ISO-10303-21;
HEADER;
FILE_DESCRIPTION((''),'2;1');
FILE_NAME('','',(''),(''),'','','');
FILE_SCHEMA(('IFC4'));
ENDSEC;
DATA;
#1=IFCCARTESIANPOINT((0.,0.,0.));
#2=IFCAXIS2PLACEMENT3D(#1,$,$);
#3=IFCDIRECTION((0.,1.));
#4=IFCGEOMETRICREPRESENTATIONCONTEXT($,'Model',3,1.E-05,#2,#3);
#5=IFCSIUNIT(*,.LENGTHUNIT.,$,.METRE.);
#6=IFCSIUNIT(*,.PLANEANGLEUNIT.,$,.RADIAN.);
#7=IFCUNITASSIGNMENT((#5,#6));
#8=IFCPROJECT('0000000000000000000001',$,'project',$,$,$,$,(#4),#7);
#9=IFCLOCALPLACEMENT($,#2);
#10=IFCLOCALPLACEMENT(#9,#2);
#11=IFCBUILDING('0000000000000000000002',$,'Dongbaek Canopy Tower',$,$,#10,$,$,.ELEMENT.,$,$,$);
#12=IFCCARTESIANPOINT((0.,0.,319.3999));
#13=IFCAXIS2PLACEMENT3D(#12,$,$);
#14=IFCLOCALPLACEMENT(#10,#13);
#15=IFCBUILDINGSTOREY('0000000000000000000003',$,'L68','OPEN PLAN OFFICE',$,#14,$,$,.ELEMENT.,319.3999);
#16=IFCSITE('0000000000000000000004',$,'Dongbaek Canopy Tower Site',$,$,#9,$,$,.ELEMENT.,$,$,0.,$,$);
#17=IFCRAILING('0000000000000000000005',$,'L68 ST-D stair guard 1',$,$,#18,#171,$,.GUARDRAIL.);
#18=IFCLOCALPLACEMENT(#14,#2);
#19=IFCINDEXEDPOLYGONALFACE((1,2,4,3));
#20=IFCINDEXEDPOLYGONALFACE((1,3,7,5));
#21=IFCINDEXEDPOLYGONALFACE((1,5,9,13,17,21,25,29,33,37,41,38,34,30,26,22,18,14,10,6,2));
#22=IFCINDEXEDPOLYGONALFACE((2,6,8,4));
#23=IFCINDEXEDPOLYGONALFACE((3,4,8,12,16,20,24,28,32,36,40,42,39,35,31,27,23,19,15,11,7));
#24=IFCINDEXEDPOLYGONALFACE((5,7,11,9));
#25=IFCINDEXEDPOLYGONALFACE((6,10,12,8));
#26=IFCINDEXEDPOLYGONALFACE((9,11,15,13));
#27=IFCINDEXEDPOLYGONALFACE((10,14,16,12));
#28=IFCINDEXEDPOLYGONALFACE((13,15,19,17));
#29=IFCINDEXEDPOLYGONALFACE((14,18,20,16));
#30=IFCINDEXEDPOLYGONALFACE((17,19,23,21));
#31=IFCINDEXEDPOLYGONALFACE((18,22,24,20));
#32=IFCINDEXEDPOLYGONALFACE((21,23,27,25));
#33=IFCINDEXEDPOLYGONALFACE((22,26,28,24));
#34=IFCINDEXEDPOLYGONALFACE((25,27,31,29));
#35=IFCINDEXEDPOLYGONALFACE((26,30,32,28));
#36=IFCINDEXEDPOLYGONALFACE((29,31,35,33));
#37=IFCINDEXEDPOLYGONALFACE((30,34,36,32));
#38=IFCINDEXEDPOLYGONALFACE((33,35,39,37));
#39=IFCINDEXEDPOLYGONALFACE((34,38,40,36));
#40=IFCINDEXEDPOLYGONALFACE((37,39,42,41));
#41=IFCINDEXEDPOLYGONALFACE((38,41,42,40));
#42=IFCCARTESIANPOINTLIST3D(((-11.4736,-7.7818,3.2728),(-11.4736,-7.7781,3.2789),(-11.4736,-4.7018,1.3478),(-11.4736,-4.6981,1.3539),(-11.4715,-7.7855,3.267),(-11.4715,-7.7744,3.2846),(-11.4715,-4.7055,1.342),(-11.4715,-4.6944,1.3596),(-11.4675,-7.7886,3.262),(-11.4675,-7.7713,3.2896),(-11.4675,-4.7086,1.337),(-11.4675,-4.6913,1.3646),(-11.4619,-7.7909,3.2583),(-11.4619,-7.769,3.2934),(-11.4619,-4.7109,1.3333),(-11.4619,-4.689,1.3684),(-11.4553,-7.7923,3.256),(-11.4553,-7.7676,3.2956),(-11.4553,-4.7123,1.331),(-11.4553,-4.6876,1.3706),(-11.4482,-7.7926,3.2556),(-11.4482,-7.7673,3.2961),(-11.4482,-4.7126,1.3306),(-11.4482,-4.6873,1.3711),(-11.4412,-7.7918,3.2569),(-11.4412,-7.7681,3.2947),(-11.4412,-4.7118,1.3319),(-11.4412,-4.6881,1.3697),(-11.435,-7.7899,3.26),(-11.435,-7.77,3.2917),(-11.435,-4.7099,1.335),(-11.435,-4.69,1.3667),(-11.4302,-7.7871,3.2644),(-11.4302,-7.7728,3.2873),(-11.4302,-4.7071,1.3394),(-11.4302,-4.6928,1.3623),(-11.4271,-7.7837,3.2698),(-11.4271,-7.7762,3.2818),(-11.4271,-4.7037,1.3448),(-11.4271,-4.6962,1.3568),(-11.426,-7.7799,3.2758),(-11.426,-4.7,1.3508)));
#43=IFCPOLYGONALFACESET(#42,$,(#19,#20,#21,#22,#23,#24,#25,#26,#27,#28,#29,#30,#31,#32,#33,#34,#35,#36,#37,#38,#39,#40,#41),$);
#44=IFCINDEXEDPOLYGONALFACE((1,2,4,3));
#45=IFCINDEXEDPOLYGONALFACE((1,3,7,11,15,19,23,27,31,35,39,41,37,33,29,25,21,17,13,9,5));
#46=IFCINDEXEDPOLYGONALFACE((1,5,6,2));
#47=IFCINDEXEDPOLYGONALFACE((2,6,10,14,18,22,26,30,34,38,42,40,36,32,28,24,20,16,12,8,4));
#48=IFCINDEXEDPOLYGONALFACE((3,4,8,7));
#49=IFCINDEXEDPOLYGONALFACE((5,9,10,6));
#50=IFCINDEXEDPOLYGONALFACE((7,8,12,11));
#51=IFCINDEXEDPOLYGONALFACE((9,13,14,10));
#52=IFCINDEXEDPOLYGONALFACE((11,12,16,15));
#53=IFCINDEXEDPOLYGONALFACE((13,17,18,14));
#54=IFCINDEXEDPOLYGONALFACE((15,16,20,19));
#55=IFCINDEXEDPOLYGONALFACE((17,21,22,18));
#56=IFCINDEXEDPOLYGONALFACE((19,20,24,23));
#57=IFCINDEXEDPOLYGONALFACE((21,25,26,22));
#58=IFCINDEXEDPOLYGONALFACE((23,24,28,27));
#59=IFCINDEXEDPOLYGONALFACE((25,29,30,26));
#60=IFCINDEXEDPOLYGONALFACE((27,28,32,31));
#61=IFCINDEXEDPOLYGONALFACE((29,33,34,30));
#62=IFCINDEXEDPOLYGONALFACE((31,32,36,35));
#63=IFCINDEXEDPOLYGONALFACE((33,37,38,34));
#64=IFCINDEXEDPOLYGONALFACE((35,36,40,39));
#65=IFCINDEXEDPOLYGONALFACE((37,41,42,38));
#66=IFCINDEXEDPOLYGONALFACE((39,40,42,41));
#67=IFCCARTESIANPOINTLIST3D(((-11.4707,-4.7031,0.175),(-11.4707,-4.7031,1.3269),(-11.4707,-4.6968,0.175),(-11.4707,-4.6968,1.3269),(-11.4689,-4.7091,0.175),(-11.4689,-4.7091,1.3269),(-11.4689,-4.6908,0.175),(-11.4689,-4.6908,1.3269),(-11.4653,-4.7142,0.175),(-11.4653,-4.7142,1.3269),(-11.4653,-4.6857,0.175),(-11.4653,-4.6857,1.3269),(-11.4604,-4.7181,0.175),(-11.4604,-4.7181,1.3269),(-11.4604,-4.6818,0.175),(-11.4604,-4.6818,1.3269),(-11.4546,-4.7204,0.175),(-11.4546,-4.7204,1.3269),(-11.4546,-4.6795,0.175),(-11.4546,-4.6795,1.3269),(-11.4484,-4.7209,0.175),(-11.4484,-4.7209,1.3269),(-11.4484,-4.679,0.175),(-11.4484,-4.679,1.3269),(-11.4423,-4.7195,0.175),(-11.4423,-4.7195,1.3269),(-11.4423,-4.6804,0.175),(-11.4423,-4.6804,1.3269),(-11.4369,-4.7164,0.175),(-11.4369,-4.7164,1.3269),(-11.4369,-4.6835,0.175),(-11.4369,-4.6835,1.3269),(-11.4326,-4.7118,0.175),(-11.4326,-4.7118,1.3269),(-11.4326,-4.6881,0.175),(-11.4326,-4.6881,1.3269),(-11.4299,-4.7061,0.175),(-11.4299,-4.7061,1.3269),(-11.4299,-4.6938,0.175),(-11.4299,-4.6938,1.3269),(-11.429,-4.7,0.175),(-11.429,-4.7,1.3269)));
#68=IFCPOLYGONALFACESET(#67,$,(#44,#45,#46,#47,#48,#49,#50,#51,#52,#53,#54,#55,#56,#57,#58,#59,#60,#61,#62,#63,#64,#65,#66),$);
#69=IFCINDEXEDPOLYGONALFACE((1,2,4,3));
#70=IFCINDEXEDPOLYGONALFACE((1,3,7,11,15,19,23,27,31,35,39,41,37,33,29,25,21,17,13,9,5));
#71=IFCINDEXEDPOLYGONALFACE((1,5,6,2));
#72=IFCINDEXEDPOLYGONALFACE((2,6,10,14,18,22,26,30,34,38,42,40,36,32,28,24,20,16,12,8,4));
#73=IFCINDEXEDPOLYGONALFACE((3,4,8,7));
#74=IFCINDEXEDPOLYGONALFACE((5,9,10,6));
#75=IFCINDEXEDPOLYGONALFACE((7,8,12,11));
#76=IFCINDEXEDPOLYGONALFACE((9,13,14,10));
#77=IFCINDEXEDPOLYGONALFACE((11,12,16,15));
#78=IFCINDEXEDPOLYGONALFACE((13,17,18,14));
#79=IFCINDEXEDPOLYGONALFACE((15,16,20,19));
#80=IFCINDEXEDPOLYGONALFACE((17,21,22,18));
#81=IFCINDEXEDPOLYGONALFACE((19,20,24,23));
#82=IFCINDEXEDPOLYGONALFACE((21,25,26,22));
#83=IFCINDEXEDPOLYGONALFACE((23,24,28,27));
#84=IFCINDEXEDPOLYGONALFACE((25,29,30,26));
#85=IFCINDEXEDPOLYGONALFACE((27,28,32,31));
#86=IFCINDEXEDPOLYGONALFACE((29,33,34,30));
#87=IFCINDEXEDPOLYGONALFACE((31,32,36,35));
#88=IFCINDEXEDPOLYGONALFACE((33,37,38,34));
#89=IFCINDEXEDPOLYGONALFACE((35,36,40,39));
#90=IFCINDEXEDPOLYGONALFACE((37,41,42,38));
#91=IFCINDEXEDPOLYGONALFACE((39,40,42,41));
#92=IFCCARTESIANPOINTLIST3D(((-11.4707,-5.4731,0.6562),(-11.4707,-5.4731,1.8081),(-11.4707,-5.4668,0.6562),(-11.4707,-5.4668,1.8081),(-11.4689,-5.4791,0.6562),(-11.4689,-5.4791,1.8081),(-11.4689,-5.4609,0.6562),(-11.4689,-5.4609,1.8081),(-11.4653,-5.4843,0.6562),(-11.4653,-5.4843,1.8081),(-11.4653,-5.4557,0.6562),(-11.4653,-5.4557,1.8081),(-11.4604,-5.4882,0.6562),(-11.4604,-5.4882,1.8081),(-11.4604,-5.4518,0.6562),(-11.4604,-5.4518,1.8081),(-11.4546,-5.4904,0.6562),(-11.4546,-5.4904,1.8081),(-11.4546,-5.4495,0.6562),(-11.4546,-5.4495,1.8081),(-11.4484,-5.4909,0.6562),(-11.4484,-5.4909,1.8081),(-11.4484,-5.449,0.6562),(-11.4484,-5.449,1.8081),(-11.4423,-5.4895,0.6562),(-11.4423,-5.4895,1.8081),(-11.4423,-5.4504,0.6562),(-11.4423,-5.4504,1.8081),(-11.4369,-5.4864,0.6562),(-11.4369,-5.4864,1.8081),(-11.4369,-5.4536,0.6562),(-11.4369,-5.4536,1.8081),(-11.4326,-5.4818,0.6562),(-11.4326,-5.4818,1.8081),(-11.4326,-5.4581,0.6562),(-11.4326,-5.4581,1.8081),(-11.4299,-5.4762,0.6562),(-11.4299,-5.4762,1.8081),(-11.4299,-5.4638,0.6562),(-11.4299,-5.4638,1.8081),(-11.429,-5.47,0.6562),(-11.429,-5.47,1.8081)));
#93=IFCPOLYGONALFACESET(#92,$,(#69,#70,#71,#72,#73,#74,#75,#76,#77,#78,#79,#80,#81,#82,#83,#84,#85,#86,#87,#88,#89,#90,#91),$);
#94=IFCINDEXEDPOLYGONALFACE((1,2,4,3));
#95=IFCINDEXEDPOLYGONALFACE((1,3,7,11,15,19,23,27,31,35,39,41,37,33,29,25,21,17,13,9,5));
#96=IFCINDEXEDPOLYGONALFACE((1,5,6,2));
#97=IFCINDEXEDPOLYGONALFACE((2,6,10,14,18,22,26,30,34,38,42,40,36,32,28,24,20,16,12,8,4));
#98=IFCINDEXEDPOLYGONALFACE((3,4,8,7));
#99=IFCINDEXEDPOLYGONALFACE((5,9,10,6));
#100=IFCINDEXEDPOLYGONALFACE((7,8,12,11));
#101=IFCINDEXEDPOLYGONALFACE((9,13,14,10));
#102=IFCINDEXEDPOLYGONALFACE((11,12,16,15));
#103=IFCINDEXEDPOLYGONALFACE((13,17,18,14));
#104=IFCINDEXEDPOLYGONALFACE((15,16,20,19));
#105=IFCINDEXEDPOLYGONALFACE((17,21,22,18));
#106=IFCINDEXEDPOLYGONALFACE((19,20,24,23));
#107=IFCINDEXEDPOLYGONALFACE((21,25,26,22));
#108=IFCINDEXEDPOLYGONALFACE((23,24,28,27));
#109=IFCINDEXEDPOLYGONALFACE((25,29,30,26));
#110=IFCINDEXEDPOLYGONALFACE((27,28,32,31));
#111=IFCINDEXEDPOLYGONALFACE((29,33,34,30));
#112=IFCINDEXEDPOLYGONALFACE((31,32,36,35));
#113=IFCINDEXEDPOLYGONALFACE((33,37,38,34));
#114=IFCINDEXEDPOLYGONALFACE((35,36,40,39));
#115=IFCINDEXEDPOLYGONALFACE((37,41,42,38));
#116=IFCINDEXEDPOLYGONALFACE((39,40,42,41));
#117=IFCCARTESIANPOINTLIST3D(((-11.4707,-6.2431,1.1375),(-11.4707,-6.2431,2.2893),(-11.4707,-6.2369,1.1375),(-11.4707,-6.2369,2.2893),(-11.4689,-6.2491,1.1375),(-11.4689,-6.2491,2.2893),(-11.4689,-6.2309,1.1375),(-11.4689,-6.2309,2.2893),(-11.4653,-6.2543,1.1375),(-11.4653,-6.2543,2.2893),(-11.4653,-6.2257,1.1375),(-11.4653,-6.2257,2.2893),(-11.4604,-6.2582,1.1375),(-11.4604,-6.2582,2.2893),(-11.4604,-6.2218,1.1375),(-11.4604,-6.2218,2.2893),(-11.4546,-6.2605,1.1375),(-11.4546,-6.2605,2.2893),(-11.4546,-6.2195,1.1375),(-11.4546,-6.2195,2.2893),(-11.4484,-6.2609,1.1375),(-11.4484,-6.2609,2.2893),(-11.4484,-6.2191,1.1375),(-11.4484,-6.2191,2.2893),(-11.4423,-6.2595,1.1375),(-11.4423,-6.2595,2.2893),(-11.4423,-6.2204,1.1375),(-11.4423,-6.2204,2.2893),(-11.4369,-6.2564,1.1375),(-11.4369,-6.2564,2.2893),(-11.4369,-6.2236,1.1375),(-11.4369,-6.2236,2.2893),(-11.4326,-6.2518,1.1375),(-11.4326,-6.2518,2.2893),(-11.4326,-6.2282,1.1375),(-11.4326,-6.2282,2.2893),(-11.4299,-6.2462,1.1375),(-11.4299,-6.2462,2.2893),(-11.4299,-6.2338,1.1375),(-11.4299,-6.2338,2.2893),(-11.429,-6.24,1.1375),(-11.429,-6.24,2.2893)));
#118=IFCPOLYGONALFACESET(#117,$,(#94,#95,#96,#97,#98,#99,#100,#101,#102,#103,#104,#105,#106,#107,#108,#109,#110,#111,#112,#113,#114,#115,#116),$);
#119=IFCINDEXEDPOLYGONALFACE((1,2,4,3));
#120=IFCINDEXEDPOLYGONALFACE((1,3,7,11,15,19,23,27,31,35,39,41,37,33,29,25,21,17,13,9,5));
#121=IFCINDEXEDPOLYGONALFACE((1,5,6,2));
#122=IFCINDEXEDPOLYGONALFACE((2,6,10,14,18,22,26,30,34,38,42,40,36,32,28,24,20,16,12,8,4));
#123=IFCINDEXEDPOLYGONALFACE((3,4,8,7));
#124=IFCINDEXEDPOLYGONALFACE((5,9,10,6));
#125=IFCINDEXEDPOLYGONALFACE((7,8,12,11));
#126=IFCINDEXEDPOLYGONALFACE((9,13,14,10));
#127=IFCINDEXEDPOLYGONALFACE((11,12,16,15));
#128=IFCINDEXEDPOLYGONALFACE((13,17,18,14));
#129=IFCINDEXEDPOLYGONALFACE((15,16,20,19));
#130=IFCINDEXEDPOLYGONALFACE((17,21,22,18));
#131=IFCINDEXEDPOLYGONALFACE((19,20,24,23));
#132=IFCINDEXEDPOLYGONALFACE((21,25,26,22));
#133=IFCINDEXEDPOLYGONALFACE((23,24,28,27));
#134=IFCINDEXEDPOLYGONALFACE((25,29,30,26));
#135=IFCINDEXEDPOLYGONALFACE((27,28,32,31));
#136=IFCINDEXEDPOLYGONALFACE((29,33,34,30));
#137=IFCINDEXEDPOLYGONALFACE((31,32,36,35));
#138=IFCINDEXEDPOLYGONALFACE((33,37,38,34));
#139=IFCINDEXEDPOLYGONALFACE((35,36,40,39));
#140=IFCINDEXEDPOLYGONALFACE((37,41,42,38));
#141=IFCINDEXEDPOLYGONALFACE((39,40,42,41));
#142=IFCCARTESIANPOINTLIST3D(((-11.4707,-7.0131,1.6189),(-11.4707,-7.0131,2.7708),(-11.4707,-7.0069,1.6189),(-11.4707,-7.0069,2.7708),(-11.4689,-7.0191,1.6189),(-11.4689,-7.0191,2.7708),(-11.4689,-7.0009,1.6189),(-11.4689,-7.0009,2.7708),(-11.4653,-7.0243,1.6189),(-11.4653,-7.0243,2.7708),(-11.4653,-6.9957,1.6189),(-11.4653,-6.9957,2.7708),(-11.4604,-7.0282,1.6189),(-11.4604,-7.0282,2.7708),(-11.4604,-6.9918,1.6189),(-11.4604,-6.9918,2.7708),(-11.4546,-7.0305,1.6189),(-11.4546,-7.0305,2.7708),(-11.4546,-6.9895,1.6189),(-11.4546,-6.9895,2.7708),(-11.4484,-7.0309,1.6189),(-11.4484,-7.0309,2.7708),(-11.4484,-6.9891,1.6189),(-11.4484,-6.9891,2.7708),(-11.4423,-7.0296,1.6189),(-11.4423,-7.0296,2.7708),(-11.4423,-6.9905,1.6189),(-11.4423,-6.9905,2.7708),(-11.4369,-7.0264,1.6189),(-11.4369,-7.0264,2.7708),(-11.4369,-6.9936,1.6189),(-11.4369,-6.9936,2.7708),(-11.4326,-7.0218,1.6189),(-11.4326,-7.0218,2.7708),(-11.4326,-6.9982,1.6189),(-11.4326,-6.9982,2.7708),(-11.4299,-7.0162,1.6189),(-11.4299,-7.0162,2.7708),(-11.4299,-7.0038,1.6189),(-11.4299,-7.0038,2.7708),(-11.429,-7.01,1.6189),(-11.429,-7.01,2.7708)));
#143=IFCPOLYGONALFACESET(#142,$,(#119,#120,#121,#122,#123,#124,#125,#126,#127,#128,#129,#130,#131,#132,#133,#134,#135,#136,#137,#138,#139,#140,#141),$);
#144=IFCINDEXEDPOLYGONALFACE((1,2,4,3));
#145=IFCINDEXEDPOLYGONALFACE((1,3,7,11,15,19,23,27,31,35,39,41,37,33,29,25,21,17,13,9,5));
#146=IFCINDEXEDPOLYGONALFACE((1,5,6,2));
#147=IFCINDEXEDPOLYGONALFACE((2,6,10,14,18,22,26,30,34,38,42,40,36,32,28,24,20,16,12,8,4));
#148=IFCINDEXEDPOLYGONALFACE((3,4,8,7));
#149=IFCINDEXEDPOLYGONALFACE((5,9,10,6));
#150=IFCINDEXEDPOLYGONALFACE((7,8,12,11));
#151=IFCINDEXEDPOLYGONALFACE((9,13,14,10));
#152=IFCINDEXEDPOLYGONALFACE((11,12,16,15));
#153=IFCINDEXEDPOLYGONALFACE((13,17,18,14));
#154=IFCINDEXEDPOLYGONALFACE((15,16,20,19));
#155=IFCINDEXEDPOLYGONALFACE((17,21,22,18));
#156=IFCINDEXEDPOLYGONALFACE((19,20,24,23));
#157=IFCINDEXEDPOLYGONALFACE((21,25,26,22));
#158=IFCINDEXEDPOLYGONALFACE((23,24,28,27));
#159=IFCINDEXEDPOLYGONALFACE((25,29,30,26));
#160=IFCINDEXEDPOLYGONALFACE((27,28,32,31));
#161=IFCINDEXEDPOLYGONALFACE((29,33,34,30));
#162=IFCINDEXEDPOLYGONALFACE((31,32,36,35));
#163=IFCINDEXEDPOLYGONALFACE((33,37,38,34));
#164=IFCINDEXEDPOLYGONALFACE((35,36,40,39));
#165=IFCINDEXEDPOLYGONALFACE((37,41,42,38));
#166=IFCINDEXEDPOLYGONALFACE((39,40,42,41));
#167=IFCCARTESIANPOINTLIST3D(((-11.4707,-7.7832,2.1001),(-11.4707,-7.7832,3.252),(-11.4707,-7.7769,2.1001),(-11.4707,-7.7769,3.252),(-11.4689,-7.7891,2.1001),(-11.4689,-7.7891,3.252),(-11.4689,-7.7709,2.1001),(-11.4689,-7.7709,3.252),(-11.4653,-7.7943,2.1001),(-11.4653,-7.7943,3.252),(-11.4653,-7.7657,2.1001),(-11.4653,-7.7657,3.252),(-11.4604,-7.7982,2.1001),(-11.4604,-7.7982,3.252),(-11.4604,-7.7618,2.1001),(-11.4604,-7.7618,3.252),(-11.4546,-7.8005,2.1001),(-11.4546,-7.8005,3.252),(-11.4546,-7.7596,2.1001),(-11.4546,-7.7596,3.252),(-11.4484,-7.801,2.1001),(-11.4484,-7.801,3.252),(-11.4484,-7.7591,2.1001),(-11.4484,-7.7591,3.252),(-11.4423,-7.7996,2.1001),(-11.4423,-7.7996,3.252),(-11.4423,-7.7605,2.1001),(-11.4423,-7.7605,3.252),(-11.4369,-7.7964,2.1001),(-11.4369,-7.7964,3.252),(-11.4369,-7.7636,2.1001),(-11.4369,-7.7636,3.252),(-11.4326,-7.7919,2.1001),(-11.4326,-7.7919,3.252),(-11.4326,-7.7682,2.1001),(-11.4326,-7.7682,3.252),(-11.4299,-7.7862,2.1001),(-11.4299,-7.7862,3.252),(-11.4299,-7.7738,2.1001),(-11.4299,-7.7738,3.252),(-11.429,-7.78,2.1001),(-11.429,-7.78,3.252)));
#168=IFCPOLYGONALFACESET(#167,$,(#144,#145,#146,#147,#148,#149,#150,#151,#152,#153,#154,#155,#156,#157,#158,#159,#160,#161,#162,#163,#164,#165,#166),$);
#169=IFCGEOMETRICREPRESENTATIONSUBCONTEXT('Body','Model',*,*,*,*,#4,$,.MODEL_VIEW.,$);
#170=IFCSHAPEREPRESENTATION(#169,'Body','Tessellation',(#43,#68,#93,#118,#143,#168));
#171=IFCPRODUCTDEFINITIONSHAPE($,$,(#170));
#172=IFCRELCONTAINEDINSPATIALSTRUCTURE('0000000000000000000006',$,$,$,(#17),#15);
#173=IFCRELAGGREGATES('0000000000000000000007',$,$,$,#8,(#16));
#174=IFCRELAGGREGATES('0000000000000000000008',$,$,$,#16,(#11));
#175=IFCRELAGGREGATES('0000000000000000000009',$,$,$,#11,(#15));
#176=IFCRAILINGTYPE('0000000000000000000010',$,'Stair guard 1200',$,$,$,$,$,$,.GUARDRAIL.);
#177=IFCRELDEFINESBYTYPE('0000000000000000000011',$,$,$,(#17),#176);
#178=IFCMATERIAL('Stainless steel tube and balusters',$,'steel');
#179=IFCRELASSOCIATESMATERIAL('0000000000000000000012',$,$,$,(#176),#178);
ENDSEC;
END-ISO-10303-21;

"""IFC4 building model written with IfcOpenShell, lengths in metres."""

from ifc_helpers import new_model, si_unit, direction, frame, origin, origin_2d, place, context, subcontext, project, spatial, circle, extrude, material, type_object, element, save


model = new_model("IFC4")

# Units and contexts
model_context = context("Model", 3, precision=1e-05, world=origin(), true_north=direction((0.0, 1.0)))
body_context = subcontext(model_context, "Body", "Model", "MODEL_VIEW")
ifc_project = project(units=[si_unit("LENGTHUNIT", "METRE"), si_unit("PLANEANGLEUNIT", "RADIAN")], contexts=[model_context])

# Site, building, storey
site_placement = place(None, origin())
site = spatial("IfcSite", under=ifc_project, at=site_placement, Name="Dongbaek Canopy Tower Site", CompositionType="ELEMENT", RefElevation=0.0)
building_placement = place(site_placement, origin())
building = spatial("IfcBuilding", under=site, at=building_placement, Name="Dongbaek Canopy Tower", CompositionType="ELEMENT")
storey_placement = place(building_placement, frame((0.0, 0.0, 319.3999)))
storey = spatial("IfcBuildingStorey", under=building, at=storey_placement, Name="L68", Description="OPEN PLAN OFFICE", CompositionType="ELEMENT", Elevation=319.3999)

# Railing
ifc_material_1 = material(Name="Stainless steel tube and balusters", Category="steel")
railing_type_1 = type_object("IfcRailingType", Name="Stair guard 1200", PredefinedType="GUARDRAIL", material=ifc_material_1)
railing_1_placement = place(storey_placement, frame((-11.45, -4.7, 0.175)))
element("IfcRailing", 1, at=railing_1_placement, inside=storey, type_object=railing_type_1, Name="L68 ST-D stair guard 1", PredefinedType="GUARDRAIL", context=body_context, shape_type="SweptSolid", body=[
    extrude(circle(Radius=0.0239, at=origin_2d()), frame((0.0, 0.0, 1.1758), z_axis=(0.0, -0.847998, 0.529999), x_axis=(1.0, 0.0, 0.0)), (0.0, 0.0, 1.0), 3.6321),
    extrude(circle(Radius=0.021, at=origin_2d()), origin(), (0.0, 0.0, 1.0), 1.1519),
    extrude(circle(Radius=0.021, at=origin_2d()), frame((0.0, -0.77, 0.4812)), (0.0, 0.0, 1.0), 1.1519),
    extrude(circle(Radius=0.021, at=origin_2d()), frame((0.0, -1.54, 0.9624)), (0.0, 0.0, 1.0), 1.1519),
    extrude(circle(Radius=0.021, at=origin_2d()), frame((0.0, -2.3101, 1.4438)), (0.0, 0.0, 1.0), 1.1519),
    extrude(circle(Radius=0.021, at=origin_2d()), frame((0.0, -3.0801, 1.925)), (0.0, 0.0, 1.0), 1.1519),
])

save(model, "model.ifc")
